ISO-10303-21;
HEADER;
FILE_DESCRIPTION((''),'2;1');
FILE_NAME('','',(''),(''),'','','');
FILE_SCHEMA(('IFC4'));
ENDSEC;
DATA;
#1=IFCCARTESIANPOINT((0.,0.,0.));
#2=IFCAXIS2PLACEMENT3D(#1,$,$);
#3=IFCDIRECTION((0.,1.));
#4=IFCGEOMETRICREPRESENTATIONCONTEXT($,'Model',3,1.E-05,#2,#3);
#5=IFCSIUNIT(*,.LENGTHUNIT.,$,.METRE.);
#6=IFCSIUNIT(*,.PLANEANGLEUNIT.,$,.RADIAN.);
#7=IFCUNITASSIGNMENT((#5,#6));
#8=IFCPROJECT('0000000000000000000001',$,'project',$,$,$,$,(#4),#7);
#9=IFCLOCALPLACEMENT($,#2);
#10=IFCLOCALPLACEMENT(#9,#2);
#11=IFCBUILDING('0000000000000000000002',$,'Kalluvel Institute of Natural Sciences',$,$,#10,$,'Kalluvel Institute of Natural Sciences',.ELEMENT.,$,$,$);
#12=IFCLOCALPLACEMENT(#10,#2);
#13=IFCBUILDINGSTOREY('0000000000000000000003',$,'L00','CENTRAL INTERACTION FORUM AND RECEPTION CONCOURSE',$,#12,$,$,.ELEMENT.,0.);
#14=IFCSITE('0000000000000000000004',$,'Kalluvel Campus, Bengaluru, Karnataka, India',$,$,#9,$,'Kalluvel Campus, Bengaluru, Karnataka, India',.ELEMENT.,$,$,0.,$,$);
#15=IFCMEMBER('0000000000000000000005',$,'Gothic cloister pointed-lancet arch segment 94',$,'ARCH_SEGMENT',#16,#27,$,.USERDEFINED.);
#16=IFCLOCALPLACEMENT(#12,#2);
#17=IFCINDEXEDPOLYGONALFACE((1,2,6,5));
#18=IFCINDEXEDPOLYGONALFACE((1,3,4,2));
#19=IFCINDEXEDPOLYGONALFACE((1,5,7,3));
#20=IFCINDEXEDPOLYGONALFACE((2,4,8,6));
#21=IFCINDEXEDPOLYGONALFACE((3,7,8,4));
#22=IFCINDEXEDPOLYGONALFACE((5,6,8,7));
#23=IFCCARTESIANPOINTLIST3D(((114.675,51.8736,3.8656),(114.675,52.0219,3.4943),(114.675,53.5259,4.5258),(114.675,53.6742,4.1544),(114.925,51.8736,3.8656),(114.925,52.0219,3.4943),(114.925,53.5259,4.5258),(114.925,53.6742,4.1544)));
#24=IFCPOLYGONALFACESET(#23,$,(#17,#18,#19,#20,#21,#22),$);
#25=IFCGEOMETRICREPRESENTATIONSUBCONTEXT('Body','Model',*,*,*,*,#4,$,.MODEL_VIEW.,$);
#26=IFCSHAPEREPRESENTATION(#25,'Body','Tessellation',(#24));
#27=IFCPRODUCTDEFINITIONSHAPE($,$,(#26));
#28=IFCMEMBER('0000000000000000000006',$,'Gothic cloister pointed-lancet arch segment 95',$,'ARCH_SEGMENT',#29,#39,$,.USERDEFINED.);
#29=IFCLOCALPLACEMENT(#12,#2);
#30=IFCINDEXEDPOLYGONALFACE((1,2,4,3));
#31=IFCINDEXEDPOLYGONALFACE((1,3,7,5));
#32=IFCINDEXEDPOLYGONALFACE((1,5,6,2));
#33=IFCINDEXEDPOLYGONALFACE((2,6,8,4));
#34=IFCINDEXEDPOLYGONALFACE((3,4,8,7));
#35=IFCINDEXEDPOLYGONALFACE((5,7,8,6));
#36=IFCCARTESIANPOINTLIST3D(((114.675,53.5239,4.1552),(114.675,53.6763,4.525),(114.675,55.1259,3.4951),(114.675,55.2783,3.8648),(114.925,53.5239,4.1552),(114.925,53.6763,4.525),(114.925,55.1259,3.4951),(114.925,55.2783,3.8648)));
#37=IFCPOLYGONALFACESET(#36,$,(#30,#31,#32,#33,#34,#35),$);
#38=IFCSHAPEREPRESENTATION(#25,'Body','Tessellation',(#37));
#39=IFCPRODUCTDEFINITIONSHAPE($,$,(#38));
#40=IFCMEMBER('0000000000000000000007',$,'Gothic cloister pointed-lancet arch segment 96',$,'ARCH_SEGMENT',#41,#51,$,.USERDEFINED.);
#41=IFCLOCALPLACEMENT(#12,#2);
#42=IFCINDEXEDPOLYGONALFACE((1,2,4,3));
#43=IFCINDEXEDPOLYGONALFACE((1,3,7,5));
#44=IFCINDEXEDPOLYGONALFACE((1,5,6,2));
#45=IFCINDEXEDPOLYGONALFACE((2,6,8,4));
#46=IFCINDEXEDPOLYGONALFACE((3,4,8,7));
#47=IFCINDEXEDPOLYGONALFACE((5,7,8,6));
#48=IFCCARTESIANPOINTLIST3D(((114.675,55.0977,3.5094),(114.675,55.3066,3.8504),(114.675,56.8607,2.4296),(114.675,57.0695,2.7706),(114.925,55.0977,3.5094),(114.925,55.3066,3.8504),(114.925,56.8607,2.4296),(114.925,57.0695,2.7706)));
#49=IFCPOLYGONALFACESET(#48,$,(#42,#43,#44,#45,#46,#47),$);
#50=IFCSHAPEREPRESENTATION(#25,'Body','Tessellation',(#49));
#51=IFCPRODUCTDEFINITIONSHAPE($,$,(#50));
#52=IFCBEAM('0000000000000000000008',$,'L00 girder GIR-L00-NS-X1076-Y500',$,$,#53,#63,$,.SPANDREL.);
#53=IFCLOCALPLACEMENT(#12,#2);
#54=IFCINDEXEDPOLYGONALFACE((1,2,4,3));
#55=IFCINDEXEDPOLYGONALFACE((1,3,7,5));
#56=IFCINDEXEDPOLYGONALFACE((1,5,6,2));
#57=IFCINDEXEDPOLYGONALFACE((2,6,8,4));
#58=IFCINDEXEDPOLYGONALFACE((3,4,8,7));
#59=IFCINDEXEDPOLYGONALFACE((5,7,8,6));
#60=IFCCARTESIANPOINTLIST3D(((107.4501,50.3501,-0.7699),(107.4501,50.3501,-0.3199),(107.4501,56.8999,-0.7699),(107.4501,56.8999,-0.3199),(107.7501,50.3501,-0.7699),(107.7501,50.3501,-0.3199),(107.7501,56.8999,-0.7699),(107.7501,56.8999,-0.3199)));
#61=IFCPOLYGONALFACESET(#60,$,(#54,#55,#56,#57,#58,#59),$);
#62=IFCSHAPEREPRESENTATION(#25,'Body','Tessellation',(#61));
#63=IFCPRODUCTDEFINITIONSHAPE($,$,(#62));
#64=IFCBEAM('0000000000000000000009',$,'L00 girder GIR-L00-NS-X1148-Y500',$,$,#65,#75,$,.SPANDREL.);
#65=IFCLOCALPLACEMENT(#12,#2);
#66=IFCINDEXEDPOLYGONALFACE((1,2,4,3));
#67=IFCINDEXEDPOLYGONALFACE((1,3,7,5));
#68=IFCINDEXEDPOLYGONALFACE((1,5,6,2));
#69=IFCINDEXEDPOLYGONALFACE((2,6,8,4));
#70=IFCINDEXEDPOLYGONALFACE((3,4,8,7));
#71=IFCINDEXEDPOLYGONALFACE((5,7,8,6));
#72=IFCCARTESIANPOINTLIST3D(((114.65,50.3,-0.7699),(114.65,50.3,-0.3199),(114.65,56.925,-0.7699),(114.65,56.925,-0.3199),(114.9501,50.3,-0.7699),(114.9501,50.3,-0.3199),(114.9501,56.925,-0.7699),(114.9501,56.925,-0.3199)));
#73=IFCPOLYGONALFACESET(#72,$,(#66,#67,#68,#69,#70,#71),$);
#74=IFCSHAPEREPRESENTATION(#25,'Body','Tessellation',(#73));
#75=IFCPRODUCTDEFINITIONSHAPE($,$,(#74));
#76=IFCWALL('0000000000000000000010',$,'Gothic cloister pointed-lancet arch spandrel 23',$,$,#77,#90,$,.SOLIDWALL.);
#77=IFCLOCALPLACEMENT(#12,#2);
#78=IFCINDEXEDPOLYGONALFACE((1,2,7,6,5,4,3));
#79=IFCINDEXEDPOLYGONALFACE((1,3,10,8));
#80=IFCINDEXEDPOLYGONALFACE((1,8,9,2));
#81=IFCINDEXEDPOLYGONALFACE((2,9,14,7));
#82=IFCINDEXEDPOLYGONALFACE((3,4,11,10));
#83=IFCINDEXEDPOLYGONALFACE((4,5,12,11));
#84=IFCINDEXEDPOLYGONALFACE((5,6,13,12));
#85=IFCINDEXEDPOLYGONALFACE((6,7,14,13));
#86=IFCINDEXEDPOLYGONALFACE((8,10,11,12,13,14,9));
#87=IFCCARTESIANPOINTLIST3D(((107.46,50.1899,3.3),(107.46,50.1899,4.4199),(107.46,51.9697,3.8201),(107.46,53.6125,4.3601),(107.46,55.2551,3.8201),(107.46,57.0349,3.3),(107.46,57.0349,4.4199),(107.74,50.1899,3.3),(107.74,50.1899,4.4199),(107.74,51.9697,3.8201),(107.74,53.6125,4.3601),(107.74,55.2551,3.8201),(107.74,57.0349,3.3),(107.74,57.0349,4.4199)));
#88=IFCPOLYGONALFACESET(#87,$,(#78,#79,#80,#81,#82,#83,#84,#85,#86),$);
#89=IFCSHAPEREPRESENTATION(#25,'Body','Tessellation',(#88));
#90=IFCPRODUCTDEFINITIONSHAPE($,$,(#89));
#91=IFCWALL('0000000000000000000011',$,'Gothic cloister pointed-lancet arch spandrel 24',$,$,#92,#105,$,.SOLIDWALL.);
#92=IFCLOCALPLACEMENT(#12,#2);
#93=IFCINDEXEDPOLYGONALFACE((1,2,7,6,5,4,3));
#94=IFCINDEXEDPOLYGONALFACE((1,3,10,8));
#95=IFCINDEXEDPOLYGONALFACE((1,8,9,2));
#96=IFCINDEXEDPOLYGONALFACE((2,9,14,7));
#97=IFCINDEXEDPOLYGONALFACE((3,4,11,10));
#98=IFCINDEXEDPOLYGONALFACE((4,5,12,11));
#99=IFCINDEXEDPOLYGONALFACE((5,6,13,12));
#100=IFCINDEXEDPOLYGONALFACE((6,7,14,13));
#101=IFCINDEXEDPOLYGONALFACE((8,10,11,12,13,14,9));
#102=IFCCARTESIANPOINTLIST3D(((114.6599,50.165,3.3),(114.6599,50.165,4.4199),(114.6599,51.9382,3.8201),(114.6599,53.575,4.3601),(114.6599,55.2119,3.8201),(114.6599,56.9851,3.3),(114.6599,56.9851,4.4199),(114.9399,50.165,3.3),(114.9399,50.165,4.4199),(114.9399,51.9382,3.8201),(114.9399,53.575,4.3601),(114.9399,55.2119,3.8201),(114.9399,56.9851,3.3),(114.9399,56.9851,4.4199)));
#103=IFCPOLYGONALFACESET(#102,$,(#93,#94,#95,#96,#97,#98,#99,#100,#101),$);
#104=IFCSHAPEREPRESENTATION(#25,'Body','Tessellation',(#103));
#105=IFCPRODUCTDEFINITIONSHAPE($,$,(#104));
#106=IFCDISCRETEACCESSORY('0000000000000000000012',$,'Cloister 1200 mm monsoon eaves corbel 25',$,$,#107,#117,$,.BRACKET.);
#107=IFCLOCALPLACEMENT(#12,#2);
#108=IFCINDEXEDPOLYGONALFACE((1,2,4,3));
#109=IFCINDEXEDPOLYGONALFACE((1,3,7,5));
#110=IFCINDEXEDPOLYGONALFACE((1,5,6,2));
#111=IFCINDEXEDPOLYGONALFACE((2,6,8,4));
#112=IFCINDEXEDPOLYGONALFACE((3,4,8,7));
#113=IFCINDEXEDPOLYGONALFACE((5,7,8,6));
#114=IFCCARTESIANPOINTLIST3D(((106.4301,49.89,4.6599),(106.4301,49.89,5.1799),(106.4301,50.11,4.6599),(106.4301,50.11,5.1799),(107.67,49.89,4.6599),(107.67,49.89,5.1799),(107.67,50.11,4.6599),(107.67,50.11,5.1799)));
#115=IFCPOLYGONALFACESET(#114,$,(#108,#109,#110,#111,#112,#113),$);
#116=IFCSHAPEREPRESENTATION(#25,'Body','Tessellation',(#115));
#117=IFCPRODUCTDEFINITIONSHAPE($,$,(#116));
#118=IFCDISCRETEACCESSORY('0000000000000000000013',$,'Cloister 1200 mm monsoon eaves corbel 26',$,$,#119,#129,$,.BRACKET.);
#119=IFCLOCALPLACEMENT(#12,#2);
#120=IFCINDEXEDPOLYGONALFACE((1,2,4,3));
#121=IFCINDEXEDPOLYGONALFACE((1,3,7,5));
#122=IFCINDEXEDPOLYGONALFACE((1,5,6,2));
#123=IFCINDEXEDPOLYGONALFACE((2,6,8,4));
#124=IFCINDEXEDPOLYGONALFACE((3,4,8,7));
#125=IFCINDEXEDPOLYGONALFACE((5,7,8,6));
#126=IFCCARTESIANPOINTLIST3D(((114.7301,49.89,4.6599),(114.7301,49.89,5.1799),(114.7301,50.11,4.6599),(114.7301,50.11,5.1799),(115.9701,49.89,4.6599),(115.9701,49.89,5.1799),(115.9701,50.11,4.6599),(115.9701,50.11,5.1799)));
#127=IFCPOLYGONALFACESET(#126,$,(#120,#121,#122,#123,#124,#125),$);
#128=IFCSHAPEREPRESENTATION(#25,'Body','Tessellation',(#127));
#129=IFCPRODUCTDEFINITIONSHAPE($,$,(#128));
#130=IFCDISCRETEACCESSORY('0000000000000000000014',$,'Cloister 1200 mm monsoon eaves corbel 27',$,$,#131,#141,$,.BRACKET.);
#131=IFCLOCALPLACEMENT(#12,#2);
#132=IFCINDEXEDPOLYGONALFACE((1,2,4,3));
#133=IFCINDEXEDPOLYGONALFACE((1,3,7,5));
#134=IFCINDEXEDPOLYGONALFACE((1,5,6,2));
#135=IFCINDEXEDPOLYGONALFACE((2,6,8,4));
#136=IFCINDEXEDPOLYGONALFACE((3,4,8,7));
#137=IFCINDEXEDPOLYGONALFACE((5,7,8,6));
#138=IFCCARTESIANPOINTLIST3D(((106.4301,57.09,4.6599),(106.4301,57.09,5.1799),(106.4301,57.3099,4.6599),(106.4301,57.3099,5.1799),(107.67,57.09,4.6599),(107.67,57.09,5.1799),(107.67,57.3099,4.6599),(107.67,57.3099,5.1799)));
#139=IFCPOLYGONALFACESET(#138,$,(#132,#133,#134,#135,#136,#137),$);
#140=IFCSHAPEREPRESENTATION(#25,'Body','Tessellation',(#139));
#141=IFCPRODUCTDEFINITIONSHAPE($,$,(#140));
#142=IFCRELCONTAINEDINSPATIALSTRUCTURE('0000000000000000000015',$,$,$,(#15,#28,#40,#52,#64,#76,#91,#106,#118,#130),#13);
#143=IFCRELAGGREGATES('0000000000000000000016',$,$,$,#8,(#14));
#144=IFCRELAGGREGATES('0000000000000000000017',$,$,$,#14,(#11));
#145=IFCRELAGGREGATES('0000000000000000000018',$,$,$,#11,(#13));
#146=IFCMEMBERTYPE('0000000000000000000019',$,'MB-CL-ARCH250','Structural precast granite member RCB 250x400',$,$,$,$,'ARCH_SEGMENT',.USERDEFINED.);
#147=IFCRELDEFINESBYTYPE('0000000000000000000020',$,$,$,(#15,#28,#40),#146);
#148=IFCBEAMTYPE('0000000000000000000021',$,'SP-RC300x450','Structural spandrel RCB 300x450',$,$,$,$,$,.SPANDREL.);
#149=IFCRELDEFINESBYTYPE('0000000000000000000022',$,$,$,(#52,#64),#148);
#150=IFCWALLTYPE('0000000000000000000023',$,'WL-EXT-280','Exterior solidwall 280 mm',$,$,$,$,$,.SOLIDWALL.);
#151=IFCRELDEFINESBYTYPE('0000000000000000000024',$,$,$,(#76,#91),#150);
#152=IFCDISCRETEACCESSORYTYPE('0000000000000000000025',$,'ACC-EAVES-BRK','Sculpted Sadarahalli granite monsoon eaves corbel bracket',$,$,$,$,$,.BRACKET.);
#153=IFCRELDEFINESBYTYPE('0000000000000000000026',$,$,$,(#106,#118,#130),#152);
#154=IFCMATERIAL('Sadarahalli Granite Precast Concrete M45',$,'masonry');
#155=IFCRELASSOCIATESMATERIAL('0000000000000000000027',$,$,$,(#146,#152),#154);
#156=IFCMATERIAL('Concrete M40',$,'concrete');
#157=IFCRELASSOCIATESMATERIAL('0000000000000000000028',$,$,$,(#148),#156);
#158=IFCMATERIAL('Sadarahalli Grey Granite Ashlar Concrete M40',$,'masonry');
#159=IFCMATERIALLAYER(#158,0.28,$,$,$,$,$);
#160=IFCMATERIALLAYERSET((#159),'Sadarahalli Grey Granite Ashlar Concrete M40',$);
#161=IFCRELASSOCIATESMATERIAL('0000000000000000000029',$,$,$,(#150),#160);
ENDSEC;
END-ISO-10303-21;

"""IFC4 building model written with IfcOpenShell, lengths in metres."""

from ifc_helpers import new_model, si_unit, direction, frame, origin, origin_2d, place, context, subcontext, project, spatial, polyline, rectangle, outline, extrude, material, layer, layer_set, material_profile, profile_set, type_object, element, save


model = new_model("IFC4")

# Units and contexts
model_context = context("Model", 3, precision=1e-05, world=origin(), true_north=direction((0.0, 1.0)))
body_context = subcontext(model_context, "Body", "Model", "MODEL_VIEW")
ifc_project = project(units=[si_unit("LENGTHUNIT", "METRE"), si_unit("PLANEANGLEUNIT", "RADIAN")], contexts=[model_context])

# Site, building, storey
site_placement = place(None, origin())
site = spatial("IfcSite", under=ifc_project, at=site_placement, Name="Kalluvel Campus, Bengaluru, Karnataka, India", LongName="Kalluvel Campus, Bengaluru, Karnataka, India", CompositionType="ELEMENT", RefElevation=0.0)
building_placement = place(site_placement, origin())
building = spatial("IfcBuilding", under=site, at=building_placement, Name="Kalluvel Institute of Natural Sciences", LongName="Kalluvel Institute of Natural Sciences", CompositionType="ELEMENT")
storey_placement = place(building_placement, origin())
storey = spatial("IfcBuildingStorey", under=building, at=storey_placement, Name="L00", Description="CENTRAL INTERACTION FORUM AND RECEPTION CONCOURSE", CompositionType="ELEMENT", Elevation=0.0)

# Shared definitions
ifc_material_1 = material(Name="Concrete M40", Category="concrete")

# Members
ifc_material_2 = material(Name="Sadarahalli Granite Precast Concrete M45", Category="masonry")
ifc_material_profile_1 = material_profile(ifc_material_2, rectangle(XDim=0.25, YDim=0.3999, at=origin_2d()), Name="RCB 250x400")
ifc_profile_set_1 = profile_set([ifc_material_profile_1], Name="Sadarahalli Granite Precast Concrete M45")
member_type = type_object("IfcMemberType", Name="MB-CL-ARCH250", Description="Structural precast granite member RCB 250x400", ElementType="ARCH_SEGMENT", PredefinedType="USERDEFINED", material=ifc_profile_set_1)
member_1_placement = place(storey_placement, frame((114.8, 51.9478, 3.6799), z_axis=(0.0, 0.928628, 0.371012), x_axis=(-1.0, 0.0, 0.0)))
element("IfcMember", 1, at=member_1_placement, inside=storey, type_object=member_type, Name="Gothic cloister pointed-lancet arch segment 94", ObjectType="ARCH_SEGMENT", PredefinedType="USERDEFINED", context=body_context, shape_type="SweptSolid", body=[
    extrude(rectangle(XDim=0.25, YDim=0.3999, at=origin_2d()), origin(), (0.0, 0.0, 1.0), 1.7793),
])
member_2_placement = place(storey_placement, frame((114.8, 53.6001, 4.3401), z_axis=(0.0, 0.924579, -0.380991), x_axis=(-1.0, 0.0, 0.0)))
element("IfcMember", 2, at=member_2_placement, inside=storey, type_object=member_type, Name="Gothic cloister pointed-lancet arch segment 95", ObjectType="ARCH_SEGMENT", PredefinedType="USERDEFINED", context=body_context, shape_type="SweptSolid", body=[
    extrude(rectangle(XDim=0.25, YDim=0.3999, at=origin_2d()), origin(), (0.0, 0.0, 1.0), 1.7327),
])
member_3_placement = place(storey_placement, frame((114.8, 55.2021, 3.6799), z_axis=(0.0, 0.852747, -0.522324), x_axis=(-1.0, 0.0, 0.0)))
element("IfcMember", 3, at=member_3_placement, inside=storey, type_object=member_type, Name="Gothic cloister pointed-lancet arch segment 96", ObjectType="ARCH_SEGMENT", PredefinedType="USERDEFINED", context=body_context, shape_type="SweptSolid", body=[
    extrude(rectangle(XDim=0.25, YDim=0.3999, at=origin_2d()), origin(), (0.0, 0.0, 1.0), 2.0674),
])

# Beams
ifc_material_profile_2 = material_profile(ifc_material_1, rectangle(XDim=0.3, YDim=0.45, at=origin_2d()), Name="RCB 300x450")
ifc_profile_set_2 = profile_set([ifc_material_profile_2], Name="Concrete M40")
beam_type_1 = type_object("IfcBeamType", Name="SP-RC300x450", Description="Structural spandrel RCB 300x450", PredefinedType="SPANDREL", material=ifc_profile_set_2)
beam_1_placement = place(storey_placement, frame((107.6001, 50.3501, -0.5449), z_axis=(0.0, 1.0, 0.0), x_axis=(-1.0, 0.0, 0.0)))
element("IfcBeam", 4, at=beam_1_placement, inside=storey, type_object=beam_type_1, Name="L00 girder GIR-L00-NS-X1076-Y500", PredefinedType="SPANDREL", context=body_context, shape_type="SweptSolid", body=[
    extrude(rectangle(XDim=0.3, YDim=0.45, at=origin_2d()), origin(), (0.0, 0.0, 1.0), 6.5498),
])
beam_2_placement = place(storey_placement, frame((114.8, 50.3, -0.5449), z_axis=(0.0, 1.0, 0.0), x_axis=(-1.0, 0.0, 0.0)))
element("IfcBeam", 5, at=beam_2_placement, inside=storey, type_object=beam_type_1, Name="L00 girder GIR-L00-NS-X1148-Y500", PredefinedType="SPANDREL", context=body_context, shape_type="SweptSolid", body=[
    extrude(rectangle(XDim=0.3, YDim=0.45, at=origin_2d()), origin(), (0.0, 0.0, 1.0), 6.625),
])

# Walls
ifc_material_3 = material(Name="Sadarahalli Grey Granite Ashlar Concrete M40", Category="masonry")
ifc_layer = layer(ifc_material_3, 0.28)
ifc_layer_set = layer_set([ifc_layer], Name="Sadarahalli Grey Granite Ashlar Concrete M40")
wall_type = type_object("IfcWallType", Name="WL-EXT-280", Description="Exterior solidwall 280 mm", PredefinedType="SOLIDWALL", material=ifc_layer_set)
wall_1_placement = place(storey_placement, frame((107.6001, 50.1899, 3.3), z_axis=(0.0, 0.0, 1.0), x_axis=(0.0, 1.0, 0.0)))
element("IfcWall", 6, at=wall_1_placement, inside=storey, type_object=wall_type, Name="Gothic cloister pointed-lancet arch spandrel 23", PredefinedType="SOLIDWALL", context=body_context, shape_type="SweptSolid", body=[
    extrude(outline(polyline([(0.0, 0.0), (1.7798, 0.52), (3.4226, 1.0601), (5.0652, 0.52), (6.845, 0.0), (6.845, 1.1199), (0.0, 1.1199), (0.0, 0.0)])), frame((0.0, 0.1401, 0.0), z_axis=(0.0, -1.0, 0.0), x_axis=(1.0, 0.0, 0.0)), (0.0, 0.0, 1.0), 0.28),
])
wall_2_placement = place(storey_placement, frame((114.8, 50.165, 3.3), z_axis=(0.0, 0.0, 1.0), x_axis=(0.0, 1.0, 0.0)))
element("IfcWall", 7, at=wall_2_placement, inside=storey, type_object=wall_type, Name="Gothic cloister pointed-lancet arch spandrel 24", PredefinedType="SOLIDWALL", context=body_context, shape_type="SweptSolid", body=[
    extrude(outline(polyline([(0.0, 0.0), (1.7732, 0.52), (3.4099, 1.0601), (5.0469, 0.52), (6.8201, 0.0), (6.8201, 1.1199), (0.0, 1.1199), (0.0, 0.0)])), frame((0.0, 0.1401, 0.0), z_axis=(0.0, -1.0, 0.0), x_axis=(1.0, 0.0, 0.0)), (0.0, 0.0, 1.0), 0.28),
])

# Discrete accessories
discrete_accessory_type = type_object("IfcDiscreteAccessoryType", Name="ACC-EAVES-BRK", Description="Sculpted Sadarahalli granite monsoon eaves corbel bracket", PredefinedType="BRACKET", material=ifc_material_2)
for number, where, z_axis, x_axis, name in (
    (8, (107.05, 50.0, 4.6599), (0.0, 0.0, 1.0), (1.0, 0.0, 0.0), "Cloister 1200 mm monsoon eaves corbel 25"),
    (9, (115.3501, 50.0, 4.6599), (0.0, 0.0, 1.0), (1.0, 0.0, 0.0), "Cloister 1200 mm monsoon eaves corbel 26"),
    (10, (107.05, 57.2, 4.6599), (0.0, 0.0, 1.0), (1.0, 0.0, 0.0), "Cloister 1200 mm monsoon eaves corbel 27"),
):
    element("IfcDiscreteAccessory", number, at=place(storey_placement, frame(where, z_axis=z_axis, x_axis=x_axis)), inside=storey, type_object=discrete_accessory_type, Name=name, PredefinedType="BRACKET", context=body_context, shape_type="SweptSolid", body=[
        extrude(rectangle(XDim=1.24, YDim=0.22, at=origin_2d()), origin(), (0.0, 0.0, 1.0), 0.52),
    ])

save(model, "model.ifc")
